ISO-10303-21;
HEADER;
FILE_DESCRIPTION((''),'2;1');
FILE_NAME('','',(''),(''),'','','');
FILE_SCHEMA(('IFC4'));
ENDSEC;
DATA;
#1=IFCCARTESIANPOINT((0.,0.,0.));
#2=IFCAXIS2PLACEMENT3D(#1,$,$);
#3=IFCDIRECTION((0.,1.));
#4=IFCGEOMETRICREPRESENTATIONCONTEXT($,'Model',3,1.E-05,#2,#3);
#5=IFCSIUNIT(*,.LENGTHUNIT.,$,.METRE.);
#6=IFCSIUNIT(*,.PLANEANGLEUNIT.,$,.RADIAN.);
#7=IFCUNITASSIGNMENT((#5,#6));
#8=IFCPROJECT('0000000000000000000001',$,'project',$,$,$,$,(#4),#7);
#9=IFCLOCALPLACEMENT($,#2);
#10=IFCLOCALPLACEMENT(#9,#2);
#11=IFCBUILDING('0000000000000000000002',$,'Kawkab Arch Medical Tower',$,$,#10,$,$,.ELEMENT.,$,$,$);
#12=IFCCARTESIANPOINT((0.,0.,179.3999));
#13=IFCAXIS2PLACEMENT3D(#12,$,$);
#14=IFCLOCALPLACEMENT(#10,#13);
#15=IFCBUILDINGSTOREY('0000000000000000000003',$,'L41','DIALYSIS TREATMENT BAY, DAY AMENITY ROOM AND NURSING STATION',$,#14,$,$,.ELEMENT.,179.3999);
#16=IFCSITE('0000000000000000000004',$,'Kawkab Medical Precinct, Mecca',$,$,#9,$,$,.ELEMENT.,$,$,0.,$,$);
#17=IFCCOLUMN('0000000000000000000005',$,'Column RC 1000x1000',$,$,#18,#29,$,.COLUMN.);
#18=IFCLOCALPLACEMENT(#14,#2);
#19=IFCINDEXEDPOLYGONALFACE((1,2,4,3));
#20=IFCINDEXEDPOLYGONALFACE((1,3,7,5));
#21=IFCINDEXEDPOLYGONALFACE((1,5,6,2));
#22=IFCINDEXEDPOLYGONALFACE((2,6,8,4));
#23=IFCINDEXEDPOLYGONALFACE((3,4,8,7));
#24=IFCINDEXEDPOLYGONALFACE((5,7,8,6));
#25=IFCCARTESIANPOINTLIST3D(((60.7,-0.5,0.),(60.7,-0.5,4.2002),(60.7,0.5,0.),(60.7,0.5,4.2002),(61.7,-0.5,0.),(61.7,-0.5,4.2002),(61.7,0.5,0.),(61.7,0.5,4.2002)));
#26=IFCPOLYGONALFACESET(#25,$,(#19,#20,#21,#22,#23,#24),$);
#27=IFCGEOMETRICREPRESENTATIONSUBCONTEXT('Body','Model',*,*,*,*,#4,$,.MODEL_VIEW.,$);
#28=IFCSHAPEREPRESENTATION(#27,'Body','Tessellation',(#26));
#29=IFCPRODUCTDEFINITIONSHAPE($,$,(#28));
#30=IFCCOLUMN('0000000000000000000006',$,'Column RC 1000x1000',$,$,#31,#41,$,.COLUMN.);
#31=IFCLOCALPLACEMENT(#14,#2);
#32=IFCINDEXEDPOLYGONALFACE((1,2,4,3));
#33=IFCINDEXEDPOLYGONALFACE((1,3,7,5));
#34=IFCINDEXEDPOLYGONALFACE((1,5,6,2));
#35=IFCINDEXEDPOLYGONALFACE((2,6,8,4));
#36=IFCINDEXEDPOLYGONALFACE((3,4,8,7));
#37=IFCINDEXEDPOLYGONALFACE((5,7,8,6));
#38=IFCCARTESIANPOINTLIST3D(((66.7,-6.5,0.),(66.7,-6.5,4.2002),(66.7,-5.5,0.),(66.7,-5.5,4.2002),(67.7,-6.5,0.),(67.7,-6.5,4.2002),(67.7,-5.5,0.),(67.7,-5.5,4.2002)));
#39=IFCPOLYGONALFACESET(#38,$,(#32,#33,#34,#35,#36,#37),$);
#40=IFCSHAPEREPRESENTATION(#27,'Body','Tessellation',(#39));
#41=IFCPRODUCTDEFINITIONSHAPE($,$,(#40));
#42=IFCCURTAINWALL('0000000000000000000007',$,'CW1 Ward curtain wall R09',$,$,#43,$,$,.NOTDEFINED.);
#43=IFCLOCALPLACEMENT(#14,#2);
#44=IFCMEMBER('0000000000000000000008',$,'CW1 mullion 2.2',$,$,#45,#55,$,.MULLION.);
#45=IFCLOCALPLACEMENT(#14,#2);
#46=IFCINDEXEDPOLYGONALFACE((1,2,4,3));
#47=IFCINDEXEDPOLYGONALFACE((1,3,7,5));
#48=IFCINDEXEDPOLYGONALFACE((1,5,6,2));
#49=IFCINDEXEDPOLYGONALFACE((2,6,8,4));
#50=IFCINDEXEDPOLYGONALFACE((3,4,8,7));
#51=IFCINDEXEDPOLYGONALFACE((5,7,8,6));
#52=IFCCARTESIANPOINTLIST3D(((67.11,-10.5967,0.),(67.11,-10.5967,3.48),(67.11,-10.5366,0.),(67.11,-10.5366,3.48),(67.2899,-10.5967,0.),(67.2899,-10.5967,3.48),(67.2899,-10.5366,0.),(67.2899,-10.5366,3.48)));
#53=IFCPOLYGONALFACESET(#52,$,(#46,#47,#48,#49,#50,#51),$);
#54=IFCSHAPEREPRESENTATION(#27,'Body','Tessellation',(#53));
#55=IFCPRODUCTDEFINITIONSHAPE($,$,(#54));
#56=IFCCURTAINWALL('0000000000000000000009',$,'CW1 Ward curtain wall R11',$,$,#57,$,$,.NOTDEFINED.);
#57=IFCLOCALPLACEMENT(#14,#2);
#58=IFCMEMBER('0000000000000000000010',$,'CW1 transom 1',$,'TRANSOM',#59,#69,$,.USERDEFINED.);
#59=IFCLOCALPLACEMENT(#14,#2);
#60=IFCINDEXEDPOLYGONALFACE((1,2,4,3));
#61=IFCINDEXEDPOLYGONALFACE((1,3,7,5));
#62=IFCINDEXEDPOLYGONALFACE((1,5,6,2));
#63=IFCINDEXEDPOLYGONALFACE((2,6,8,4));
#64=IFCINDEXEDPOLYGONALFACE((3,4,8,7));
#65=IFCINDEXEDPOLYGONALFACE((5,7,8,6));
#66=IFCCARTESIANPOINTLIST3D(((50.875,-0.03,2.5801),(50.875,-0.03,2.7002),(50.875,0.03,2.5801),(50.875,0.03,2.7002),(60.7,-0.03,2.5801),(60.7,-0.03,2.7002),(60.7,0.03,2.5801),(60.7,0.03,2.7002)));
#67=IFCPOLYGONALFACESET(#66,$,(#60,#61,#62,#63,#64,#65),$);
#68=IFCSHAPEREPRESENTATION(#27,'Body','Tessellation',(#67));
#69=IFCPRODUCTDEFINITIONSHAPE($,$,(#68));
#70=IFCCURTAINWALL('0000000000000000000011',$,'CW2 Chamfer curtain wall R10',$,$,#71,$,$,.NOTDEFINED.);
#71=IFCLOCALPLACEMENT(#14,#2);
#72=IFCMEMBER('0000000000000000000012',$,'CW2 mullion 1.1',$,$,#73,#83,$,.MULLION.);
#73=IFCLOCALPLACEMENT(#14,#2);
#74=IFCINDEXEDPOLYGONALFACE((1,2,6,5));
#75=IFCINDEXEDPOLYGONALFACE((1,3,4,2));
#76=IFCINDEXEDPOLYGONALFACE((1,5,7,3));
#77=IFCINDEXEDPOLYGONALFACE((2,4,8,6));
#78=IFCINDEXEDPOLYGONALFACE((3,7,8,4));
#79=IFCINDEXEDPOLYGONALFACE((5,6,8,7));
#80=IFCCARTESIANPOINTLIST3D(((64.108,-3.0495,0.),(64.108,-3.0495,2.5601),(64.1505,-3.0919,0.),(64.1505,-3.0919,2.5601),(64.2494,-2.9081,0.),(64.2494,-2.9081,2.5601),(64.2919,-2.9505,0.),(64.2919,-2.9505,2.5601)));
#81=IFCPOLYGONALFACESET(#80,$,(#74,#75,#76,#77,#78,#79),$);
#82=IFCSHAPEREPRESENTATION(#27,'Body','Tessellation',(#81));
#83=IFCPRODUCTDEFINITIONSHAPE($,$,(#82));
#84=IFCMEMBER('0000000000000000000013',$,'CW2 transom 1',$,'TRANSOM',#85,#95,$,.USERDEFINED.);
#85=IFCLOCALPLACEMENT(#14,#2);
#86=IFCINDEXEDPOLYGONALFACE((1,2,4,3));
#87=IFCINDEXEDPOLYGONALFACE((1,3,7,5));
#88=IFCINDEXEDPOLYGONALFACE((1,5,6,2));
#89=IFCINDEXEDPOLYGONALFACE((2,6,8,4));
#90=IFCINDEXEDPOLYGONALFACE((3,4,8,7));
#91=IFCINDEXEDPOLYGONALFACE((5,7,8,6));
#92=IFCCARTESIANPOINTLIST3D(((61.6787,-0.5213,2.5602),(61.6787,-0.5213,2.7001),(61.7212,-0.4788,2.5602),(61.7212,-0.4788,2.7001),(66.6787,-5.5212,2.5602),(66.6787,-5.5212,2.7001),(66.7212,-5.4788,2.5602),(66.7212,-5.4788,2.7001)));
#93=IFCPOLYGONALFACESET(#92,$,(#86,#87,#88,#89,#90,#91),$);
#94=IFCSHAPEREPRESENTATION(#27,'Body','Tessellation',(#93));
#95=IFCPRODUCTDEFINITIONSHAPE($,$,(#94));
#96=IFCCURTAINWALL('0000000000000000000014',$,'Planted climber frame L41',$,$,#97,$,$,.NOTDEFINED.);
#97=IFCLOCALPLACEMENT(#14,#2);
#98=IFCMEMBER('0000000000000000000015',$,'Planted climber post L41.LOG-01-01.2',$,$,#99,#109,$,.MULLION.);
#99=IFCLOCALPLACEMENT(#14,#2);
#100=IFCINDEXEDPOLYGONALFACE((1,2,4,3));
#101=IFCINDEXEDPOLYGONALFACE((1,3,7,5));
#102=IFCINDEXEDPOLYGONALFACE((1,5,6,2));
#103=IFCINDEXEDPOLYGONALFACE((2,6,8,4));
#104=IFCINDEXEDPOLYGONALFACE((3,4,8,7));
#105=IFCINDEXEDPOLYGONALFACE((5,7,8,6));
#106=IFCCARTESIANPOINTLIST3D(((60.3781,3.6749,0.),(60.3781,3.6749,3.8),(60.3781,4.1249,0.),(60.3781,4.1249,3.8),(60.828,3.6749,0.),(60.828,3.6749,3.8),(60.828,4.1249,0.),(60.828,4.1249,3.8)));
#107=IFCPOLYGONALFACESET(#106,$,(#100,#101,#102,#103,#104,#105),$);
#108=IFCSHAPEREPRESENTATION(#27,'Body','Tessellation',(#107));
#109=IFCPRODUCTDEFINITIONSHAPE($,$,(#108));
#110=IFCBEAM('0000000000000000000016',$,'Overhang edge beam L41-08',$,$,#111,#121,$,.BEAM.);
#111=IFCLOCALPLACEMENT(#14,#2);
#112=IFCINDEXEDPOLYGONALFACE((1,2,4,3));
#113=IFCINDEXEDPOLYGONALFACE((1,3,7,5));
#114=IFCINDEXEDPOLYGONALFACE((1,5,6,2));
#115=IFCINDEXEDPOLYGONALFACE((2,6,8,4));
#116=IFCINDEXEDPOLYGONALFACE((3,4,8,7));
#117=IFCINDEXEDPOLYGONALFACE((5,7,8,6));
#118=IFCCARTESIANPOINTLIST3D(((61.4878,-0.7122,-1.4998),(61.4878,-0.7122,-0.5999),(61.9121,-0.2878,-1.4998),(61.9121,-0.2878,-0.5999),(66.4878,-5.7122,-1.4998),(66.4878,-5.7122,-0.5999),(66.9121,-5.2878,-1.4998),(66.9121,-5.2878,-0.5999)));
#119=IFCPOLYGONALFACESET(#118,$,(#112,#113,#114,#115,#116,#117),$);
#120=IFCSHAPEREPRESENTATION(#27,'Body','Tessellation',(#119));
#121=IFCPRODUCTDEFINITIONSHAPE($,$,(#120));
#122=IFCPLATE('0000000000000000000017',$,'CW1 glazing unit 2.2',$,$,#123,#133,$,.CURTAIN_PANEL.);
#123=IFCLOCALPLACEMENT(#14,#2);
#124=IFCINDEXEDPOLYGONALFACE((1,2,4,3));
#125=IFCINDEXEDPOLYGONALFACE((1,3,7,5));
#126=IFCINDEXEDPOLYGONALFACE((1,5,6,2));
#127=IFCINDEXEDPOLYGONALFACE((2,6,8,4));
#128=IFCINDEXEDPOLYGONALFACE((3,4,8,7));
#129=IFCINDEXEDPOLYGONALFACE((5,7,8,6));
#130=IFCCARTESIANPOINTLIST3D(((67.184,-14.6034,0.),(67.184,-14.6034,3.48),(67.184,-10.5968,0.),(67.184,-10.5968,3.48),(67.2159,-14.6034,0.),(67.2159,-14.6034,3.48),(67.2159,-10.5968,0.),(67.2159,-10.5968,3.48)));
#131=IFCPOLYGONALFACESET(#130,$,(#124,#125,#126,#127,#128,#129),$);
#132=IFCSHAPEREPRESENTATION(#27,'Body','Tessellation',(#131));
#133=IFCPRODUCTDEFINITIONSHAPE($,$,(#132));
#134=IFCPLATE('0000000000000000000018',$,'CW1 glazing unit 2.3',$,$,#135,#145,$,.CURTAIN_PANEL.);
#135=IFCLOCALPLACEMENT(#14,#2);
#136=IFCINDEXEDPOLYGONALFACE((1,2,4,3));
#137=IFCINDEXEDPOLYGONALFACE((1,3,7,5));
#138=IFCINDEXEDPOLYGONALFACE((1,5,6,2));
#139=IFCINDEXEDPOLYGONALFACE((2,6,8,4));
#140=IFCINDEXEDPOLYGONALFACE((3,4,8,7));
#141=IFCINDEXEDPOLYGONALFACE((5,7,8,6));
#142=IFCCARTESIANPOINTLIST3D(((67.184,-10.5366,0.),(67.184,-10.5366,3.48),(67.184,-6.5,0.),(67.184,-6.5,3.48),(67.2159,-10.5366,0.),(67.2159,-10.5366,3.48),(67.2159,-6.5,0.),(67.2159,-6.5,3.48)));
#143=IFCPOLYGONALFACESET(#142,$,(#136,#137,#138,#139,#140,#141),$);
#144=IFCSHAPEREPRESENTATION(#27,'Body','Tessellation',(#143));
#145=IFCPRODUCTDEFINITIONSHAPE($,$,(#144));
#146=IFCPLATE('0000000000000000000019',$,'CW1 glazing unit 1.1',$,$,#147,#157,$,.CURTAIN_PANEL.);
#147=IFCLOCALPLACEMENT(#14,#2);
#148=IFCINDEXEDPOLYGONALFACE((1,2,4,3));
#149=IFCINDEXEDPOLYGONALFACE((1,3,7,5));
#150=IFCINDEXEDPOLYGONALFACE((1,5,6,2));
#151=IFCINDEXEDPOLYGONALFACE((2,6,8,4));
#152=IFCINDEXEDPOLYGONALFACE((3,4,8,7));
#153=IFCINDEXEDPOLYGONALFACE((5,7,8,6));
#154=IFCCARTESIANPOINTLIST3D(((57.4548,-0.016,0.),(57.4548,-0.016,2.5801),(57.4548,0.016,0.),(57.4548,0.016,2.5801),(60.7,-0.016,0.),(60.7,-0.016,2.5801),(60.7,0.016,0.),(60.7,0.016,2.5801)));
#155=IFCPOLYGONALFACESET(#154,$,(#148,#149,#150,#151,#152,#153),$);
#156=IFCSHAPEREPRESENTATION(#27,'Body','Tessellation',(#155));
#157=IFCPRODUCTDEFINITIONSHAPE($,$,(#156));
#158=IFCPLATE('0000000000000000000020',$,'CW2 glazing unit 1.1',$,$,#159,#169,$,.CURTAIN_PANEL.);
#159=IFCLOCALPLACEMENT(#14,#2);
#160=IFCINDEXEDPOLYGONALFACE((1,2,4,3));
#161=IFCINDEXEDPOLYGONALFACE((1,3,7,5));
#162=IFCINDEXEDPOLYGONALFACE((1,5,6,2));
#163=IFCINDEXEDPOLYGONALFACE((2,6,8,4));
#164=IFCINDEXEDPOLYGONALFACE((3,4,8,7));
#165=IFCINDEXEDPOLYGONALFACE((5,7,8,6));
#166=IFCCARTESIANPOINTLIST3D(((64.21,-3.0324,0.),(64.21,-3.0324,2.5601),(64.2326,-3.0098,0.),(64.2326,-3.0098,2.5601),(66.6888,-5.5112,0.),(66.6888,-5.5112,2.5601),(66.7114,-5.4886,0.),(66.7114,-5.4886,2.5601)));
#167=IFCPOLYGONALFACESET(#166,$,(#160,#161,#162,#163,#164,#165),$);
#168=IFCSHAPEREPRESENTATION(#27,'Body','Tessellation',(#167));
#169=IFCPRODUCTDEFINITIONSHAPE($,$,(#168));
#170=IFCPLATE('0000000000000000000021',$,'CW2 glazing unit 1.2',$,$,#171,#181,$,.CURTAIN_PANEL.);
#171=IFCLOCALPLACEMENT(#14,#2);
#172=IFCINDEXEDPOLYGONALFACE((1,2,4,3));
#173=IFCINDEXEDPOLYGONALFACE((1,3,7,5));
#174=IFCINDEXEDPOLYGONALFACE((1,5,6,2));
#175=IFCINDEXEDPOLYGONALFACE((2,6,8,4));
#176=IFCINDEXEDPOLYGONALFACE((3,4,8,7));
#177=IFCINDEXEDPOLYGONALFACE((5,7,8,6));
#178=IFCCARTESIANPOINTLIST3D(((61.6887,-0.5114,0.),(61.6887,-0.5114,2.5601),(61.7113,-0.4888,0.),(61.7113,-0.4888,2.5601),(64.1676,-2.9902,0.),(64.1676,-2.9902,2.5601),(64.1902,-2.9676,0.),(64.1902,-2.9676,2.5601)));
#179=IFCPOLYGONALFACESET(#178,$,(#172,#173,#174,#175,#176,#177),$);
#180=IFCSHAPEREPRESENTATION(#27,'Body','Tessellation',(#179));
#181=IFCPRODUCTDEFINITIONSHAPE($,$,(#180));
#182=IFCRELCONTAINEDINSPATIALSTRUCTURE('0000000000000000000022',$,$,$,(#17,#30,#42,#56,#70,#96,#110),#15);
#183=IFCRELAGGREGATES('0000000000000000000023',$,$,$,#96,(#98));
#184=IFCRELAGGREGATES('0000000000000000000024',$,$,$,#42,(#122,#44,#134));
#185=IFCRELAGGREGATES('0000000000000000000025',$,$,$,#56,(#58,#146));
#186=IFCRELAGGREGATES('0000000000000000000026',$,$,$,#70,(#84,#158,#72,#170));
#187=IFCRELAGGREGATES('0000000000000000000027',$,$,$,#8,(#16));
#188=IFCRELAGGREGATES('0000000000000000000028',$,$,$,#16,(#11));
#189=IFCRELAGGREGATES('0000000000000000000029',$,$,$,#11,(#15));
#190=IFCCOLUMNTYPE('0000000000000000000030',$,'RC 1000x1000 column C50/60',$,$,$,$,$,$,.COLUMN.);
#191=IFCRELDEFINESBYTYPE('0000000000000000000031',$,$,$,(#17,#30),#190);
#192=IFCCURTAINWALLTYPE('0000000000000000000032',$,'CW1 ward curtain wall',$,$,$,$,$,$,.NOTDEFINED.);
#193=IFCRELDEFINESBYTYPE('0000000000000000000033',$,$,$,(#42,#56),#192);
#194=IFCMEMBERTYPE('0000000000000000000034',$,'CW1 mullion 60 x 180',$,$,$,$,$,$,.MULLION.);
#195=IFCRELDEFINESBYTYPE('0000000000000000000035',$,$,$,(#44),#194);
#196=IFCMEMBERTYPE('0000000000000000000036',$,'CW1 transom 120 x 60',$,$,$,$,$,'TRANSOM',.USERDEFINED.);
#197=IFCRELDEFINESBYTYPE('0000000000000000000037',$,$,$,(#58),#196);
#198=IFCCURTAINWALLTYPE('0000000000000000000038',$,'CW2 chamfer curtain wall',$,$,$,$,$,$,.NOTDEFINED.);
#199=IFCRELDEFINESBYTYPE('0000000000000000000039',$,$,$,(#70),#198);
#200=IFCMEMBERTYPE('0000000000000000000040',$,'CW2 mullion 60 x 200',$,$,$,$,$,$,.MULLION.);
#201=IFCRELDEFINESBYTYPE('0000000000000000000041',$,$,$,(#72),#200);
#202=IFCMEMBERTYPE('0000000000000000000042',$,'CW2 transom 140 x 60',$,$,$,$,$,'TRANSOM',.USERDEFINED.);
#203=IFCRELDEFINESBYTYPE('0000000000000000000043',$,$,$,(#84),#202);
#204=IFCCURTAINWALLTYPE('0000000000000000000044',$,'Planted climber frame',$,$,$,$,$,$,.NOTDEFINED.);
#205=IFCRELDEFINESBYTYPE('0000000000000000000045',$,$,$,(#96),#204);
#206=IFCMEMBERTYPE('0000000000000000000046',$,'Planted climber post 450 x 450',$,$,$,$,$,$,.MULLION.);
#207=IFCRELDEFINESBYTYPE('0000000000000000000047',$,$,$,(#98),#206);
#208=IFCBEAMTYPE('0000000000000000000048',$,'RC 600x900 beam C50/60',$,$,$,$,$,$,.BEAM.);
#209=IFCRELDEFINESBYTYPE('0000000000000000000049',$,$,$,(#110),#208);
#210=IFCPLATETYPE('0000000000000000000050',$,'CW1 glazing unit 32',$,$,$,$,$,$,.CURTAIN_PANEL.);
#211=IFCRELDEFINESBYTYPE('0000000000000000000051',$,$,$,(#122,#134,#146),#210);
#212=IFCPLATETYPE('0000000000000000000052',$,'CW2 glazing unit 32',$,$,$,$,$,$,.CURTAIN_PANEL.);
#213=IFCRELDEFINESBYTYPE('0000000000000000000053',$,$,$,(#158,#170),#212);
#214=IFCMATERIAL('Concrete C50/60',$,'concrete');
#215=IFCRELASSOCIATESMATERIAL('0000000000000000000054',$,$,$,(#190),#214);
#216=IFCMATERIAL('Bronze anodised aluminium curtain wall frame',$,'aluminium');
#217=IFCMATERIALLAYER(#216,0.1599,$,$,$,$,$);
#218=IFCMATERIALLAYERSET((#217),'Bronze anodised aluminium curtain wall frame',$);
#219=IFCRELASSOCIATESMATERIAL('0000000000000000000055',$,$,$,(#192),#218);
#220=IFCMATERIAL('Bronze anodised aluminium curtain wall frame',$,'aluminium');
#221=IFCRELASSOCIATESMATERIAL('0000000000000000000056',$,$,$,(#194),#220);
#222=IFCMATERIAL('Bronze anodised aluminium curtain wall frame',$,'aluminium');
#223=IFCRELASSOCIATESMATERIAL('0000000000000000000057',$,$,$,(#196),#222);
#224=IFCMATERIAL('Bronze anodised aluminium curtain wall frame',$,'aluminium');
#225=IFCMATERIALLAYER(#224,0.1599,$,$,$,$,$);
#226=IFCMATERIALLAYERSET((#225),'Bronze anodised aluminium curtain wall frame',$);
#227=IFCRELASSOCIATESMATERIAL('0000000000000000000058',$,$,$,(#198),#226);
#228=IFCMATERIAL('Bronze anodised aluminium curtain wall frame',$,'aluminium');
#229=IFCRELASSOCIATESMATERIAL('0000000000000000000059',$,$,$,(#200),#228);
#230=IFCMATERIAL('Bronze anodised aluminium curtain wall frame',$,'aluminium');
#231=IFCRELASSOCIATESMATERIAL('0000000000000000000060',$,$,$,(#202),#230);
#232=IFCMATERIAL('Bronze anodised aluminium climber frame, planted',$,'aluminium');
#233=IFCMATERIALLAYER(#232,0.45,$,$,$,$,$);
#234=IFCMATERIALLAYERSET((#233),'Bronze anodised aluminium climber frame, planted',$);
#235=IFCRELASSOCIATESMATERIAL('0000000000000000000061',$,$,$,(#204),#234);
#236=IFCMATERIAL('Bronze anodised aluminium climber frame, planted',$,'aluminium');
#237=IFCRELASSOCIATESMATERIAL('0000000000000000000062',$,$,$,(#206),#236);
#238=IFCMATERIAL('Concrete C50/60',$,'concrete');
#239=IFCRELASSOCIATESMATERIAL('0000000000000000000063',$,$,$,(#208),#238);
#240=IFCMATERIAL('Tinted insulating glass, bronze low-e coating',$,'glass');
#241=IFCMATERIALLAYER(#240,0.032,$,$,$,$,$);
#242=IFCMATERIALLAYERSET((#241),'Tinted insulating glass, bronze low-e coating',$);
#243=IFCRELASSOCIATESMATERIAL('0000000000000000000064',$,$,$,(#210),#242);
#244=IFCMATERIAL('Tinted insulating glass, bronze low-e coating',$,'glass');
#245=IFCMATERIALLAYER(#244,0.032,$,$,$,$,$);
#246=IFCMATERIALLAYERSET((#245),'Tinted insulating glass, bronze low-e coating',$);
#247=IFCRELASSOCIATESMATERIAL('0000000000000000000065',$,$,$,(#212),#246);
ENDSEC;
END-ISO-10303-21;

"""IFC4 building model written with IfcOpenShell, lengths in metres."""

from ifc_helpers import new_model, si_unit, direction, frame, origin, origin_2d, place, context, subcontext, project, spatial, rectangle, extrude, material, layer, layer_set, material_profile, profile_set, type_object, element, aggregate, save


model = new_model("IFC4")

# Units and contexts
model_context = context("Model", 3, precision=1e-05, world=origin(), true_north=direction((0.0, 1.0)))
body_context = subcontext(model_context, "Body", "Model", "MODEL_VIEW")
ifc_project = project(units=[si_unit("LENGTHUNIT", "METRE"), si_unit("PLANEANGLEUNIT", "RADIAN")], contexts=[model_context])

# Site, building, storey
site_placement = place(None, origin())
site = spatial("IfcSite", under=ifc_project, at=site_placement, Name="Kawkab Medical Precinct, Mecca", CompositionType="ELEMENT", RefElevation=0.0)
building_placement = place(site_placement, origin())
building = spatial("IfcBuilding", under=site, at=building_placement, Name="Kawkab Arch Medical Tower", CompositionType="ELEMENT")
storey_placement = place(building_placement, frame((0.0, 0.0, 179.3999)))
storey = spatial("IfcBuildingStorey", under=building, at=storey_placement, Name="L41", Description="DIALYSIS TREATMENT BAY, DAY AMENITY ROOM AND NURSING STATION", CompositionType="ELEMENT", Elevation=179.3999)

# Columns
ifc_material_1 = material(Name="Concrete C50/60", Category="concrete")
ifc_material_profile_1 = material_profile(ifc_material_1, rectangle(XDim=1.0, YDim=1.0, at=origin_2d()), Name="RC 1000x1000")
ifc_profile_set_1 = profile_set([ifc_material_profile_1], Name="Concrete C50/60")
column_type = type_object("IfcColumnType", Name="RC 1000x1000 column C50/60", PredefinedType="COLUMN", material=ifc_profile_set_1)
for number, where, z_axis, x_axis, name in (
    (1, (61.2, 0.0, 0.0), (0.0, 0.0, 1.0), (1.0, 0.0, 0.0), "Column RC 1000x1000"),
    (2, (67.2, -6.0, 0.0), (0.0, 0.0, 1.0), (1.0, 0.0, 0.0), "Column RC 1000x1000"),
):
    element("IfcColumn", number, at=place(storey_placement, frame(where, z_axis=z_axis, x_axis=x_axis)), inside=storey, type_object=column_type, Name=name, PredefinedType="COLUMN", context=body_context, shape_type="SweptSolid", body=[
        extrude(rectangle(XDim=1.0, YDim=1.0, at=origin_2d()), origin(), (0.0, 0.0, 1.0), 4.2002),
    ])

# Curtain walls, members
ifc_material_2 = material(Name="Bronze anodised aluminium curtain wall frame", Category="aluminium")
ifc_layer_1 = layer(ifc_material_2, 0.1599)
ifc_layer_set_1 = layer_set([ifc_layer_1], Name="Bronze anodised aluminium curtain wall frame")
curtain_wall_type_1 = type_object("IfcCurtainWallType", Name="CW1 ward curtain wall", PredefinedType="NOTDEFINED", material=ifc_layer_set_1)
placement = place(storey_placement, origin())
curtain_wall_1 = element("IfcCurtainWall", 3, at=placement, inside=storey, type_object=curtain_wall_type_1, Name="CW1 Ward curtain wall R09", PredefinedType="NOTDEFINED")
ifc_material_3 = material(Name="Bronze anodised aluminium curtain wall frame", Category="aluminium")
ifc_material_profile_2 = material_profile(ifc_material_3, rectangle(XDim=0.1799, YDim=0.0601, at=origin_2d()), Name="AL 60x180")
ifc_profile_set_2 = profile_set([ifc_material_profile_2], Name="Bronze anodised aluminium curtain wall frame")
member_type_1 = type_object("IfcMemberType", Name="CW1 mullion 60 x 180", PredefinedType="MULLION", material=ifc_profile_set_2)
member_1_placement = place(storey_placement, frame((67.2, -10.5667, 0.0), z_axis=(0.0, 0.0, 1.0), x_axis=(-1.0, 0.0, 0.0)))
member_1 = element("IfcMember", 4, at=member_1_placement, type_object=member_type_1, Name="CW1 mullion 2.2", PredefinedType="MULLION", context=body_context, shape_type="SweptSolid", body=[
    extrude(rectangle(XDim=0.1799, YDim=0.0601, at=origin_2d()), origin(), (0.0, 0.0, 1.0), 3.48),
])
curtain_wall_2 = element("IfcCurtainWall", 5, at=placement, inside=storey, type_object=curtain_wall_type_1, Name="CW1 Ward curtain wall R11", PredefinedType="NOTDEFINED")
ifc_material_4 = material(Name="Bronze anodised aluminium curtain wall frame", Category="aluminium")
ifc_material_profile_3 = material_profile(ifc_material_4, rectangle(XDim=0.0601, YDim=0.1201, at=origin_2d()), Name="AL 60x120")
ifc_profile_set_3 = profile_set([ifc_material_profile_3], Name="Bronze anodised aluminium curtain wall frame")
member_type_2 = type_object("IfcMemberType", Name="CW1 transom 120 x 60", ElementType="TRANSOM", PredefinedType="USERDEFINED", material=ifc_profile_set_3)
member_2_placement = place(storey_placement, frame((60.7, 0.0, 2.6401), z_axis=(-1.0, 0.0, 0.0), x_axis=(0.0, -1.0, 0.0)))
member_2 = element("IfcMember", 6, at=member_2_placement, type_object=member_type_2, Name="CW1 transom 1", ObjectType="TRANSOM", PredefinedType="USERDEFINED", context=body_context, shape_type="SweptSolid", body=[
    extrude(rectangle(XDim=0.0601, YDim=0.1201, at=origin_2d()), origin(), (0.0, 0.0, 1.0), 9.825),
])

# Curtain wall, members
ifc_material_5 = material(Name="Bronze anodised aluminium curtain wall frame", Category="aluminium")
ifc_layer_2 = layer(ifc_material_5, 0.1599)
ifc_layer_set_2 = layer_set([ifc_layer_2], Name="Bronze anodised aluminium curtain wall frame")
curtain_wall_type_2 = type_object("IfcCurtainWallType", Name="CW2 chamfer curtain wall", PredefinedType="NOTDEFINED", material=ifc_layer_set_2)
curtain_wall_3 = element("IfcCurtainWall", 7, at=placement, inside=storey, type_object=curtain_wall_type_2, Name="CW2 Chamfer curtain wall R10", PredefinedType="NOTDEFINED")
ifc_material_6 = material(Name="Bronze anodised aluminium curtain wall frame", Category="aluminium")
ifc_material_profile_4 = material_profile(ifc_material_6, rectangle(XDim=0.2, YDim=0.0601, at=origin_2d()), Name="AL 60x200")
ifc_profile_set_4 = profile_set([ifc_material_profile_4], Name="Bronze anodised aluminium curtain wall frame")
member_type_3 = type_object("IfcMemberType", Name="CW2 mullion 60 x 200", PredefinedType="MULLION", material=ifc_profile_set_4)
member_3_placement = place(storey_placement, frame((64.2, -3.0, 0.0), z_axis=(0.0, 0.0, 1.0), x_axis=(-0.707107, -0.707107, 0.0)))
member_3 = element("IfcMember", 8, at=member_3_placement, type_object=member_type_3, Name="CW2 mullion 1.1", PredefinedType="MULLION", context=body_context, shape_type="SweptSolid", body=[
    extrude(rectangle(XDim=0.2, YDim=0.0601, at=origin_2d()), origin(), (0.0, 0.0, 1.0), 2.5601),
])
ifc_material_7 = material(Name="Bronze anodised aluminium curtain wall frame", Category="aluminium")
ifc_material_profile_5 = material_profile(ifc_material_7, rectangle(XDim=0.0601, YDim=0.1399, at=origin_2d()), Name="AL 60x140")
ifc_profile_set_5 = profile_set([ifc_material_profile_5], Name="Bronze anodised aluminium curtain wall frame")
member_type_4 = type_object("IfcMemberType", Name="CW2 transom 140 x 60", ElementType="TRANSOM", PredefinedType="USERDEFINED", material=ifc_profile_set_5)
member_4_placement = place(storey_placement, frame((66.7, -5.5, 2.6301), z_axis=(-0.707107, 0.707107, 0.0), x_axis=(-0.707107, -0.707107, 0.0)))
member_4 = element("IfcMember", 9, at=member_4_placement, type_object=member_type_4, Name="CW2 transom 1", ObjectType="TRANSOM", PredefinedType="USERDEFINED", context=body_context, shape_type="SweptSolid", body=[
    extrude(rectangle(XDim=0.0601, YDim=0.1399, at=origin_2d()), origin(), (0.0, 0.0, 1.0), 7.071),
])

# Curtain wall, member
ifc_material_8 = material(Name="Bronze anodised aluminium climber frame, planted", Category="aluminium")
ifc_layer_3 = layer(ifc_material_8, 0.45)
ifc_layer_set_3 = layer_set([ifc_layer_3], Name="Bronze anodised aluminium climber frame, planted")
curtain_wall_type_3 = type_object("IfcCurtainWallType", Name="Planted climber frame", PredefinedType="NOTDEFINED", material=ifc_layer_set_3)
curtain_wall_4 = element("IfcCurtainWall", 10, at=placement, inside=storey, type_object=curtain_wall_type_3, Name="Planted climber frame L41", PredefinedType="NOTDEFINED")
ifc_material_9 = material(Name="Bronze anodised aluminium climber frame, planted", Category="aluminium")
ifc_material_profile_6 = material_profile(ifc_material_9, rectangle(XDim=0.45, YDim=0.45, at=origin_2d()), Name="Post 450x450")
ifc_profile_set_6 = profile_set([ifc_material_profile_6], Name="Bronze anodised aluminium climber frame, planted")
member_type_5 = type_object("IfcMemberType", Name="Planted climber post 450 x 450", PredefinedType="MULLION", material=ifc_profile_set_6)
member_5_placement = place(storey_placement, frame((60.603, 3.8999, 0.0), z_axis=(0.0, 0.0, 1.0), x_axis=(1.0, 0.0, 0.0)))
member_5 = element("IfcMember", 11, at=member_5_placement, type_object=member_type_5, Name="Planted climber post L41.LOG-01-01.2", PredefinedType="MULLION", context=body_context, shape_type="SweptSolid", body=[
    extrude(rectangle(XDim=0.45, YDim=0.45, at=origin_2d()), origin(), (0.0, 0.0, 1.0), 3.8),
])
aggregate(curtain_wall_4, [member_5])

# Beam
ifc_material_10 = material(Name="Concrete C50/60", Category="concrete")
ifc_material_profile_7 = material_profile(ifc_material_10, rectangle(XDim=0.6001, YDim=0.8999, at=origin_2d()), Name="RC 600x900")
ifc_profile_set_7 = profile_set([ifc_material_profile_7], Name="Concrete C50/60")
beam_type = type_object("IfcBeamType", Name="RC 600x900 beam C50/60", PredefinedType="BEAM", material=ifc_profile_set_7)
beam_placement = place(storey_placement, frame((61.7, -0.5, -1.0498), z_axis=(0.707107, -0.707107, 0.0), x_axis=(0.707107, 0.707107, 0.0)))
element("IfcBeam", 12, at=beam_placement, inside=storey, type_object=beam_type, Name="Overhang edge beam L41-08", PredefinedType="BEAM", context=body_context, shape_type="SweptSolid", body=[
    extrude(rectangle(XDim=0.6001, YDim=0.8999, at=origin_2d()), origin(), (0.0, 0.0, 1.0), 7.071),
])

# Plates
ifc_material_11 = material(Name="Tinted insulating glass, bronze low-e coating", Category="glass")
ifc_layer_4 = layer(ifc_material_11, 0.032)
ifc_layer_set_4 = layer_set([ifc_layer_4], Name="Tinted insulating glass, bronze low-e coating")
plate_type_1 = type_object("IfcPlateType", Name="CW1 glazing unit 32", PredefinedType="CURTAIN_PANEL", material=ifc_layer_set_4)
plate_1_placement = place(storey_placement, frame((67.2, -12.6001, 0.0), z_axis=(0.0, 0.0, 1.0), x_axis=(0.0, 1.0, 0.0)))
plate_1 = element("IfcPlate", 13, at=plate_1_placement, type_object=plate_type_1, Name="CW1 glazing unit 2.2", PredefinedType="CURTAIN_PANEL", context=body_context, shape_type="SweptSolid", body=[
    extrude(rectangle(XDim=4.0066, YDim=0.032, at=origin_2d()), origin(), (0.0, 0.0, 1.0), 3.48),
])
plate_2_placement = place(storey_placement, frame((67.2, -8.5183, 0.0), z_axis=(0.0, 0.0, 1.0), x_axis=(0.0, 1.0, 0.0)))
plate_2 = element("IfcPlate", 14, at=plate_2_placement, type_object=plate_type_1, Name="CW1 glazing unit 2.3", PredefinedType="CURTAIN_PANEL", context=body_context, shape_type="SweptSolid", body=[
    extrude(rectangle(XDim=4.0366, YDim=0.032, at=origin_2d()), origin(), (0.0, 0.0, 1.0), 3.48),
])
aggregate(curtain_wall_1, [plate_1, member_1, plate_2])
plate_3_placement = place(storey_placement, frame((59.0774, 0.0, 0.0), z_axis=(0.0, 0.0, 1.0), x_axis=(-1.0, 0.0, 0.0)))
plate_3 = element("IfcPlate", 15, at=plate_3_placement, type_object=plate_type_1, Name="CW1 glazing unit 1.1", PredefinedType="CURTAIN_PANEL", context=body_context, shape_type="SweptSolid", body=[
    extrude(rectangle(XDim=3.2451, YDim=0.032, at=origin_2d()), origin(), (0.0, 0.0, 1.0), 2.5801),
])
aggregate(curtain_wall_2, [member_2, plate_3])
ifc_material_12 = material(Name="Tinted insulating glass, bronze low-e coating", Category="glass")
ifc_layer_5 = layer(ifc_material_12, 0.032)
ifc_layer_set_5 = layer_set([ifc_layer_5], Name="Tinted insulating glass, bronze low-e coating")
plate_type_2 = type_object("IfcPlateType", Name="CW2 glazing unit 32", PredefinedType="CURTAIN_PANEL", material=ifc_layer_set_5)
plate_4_placement = place(storey_placement, frame((65.4607, -4.2605, 0.0), z_axis=(0.0, 0.0, 1.0), x_axis=(-0.707107, 0.707107, 0.0)))
plate_4 = element("IfcPlate", 16, at=plate_4_placement, type_object=plate_type_2, Name="CW2 glazing unit 1.1", PredefinedType="CURTAIN_PANEL", context=body_context, shape_type="SweptSolid", body=[
    extrude(rectangle(XDim=3.5056, YDim=0.032, at=origin_2d()), origin(), (0.0, 0.0, 1.0), 2.5601),
])
plate_5_placement = place(storey_placement, frame((62.9395, -1.7395, 0.0), z_axis=(0.0, 0.0, 1.0), x_axis=(-0.707107, 0.707107, 0.0)))
plate_5 = element("IfcPlate", 17, at=plate_5_placement, type_object=plate_type_2, Name="CW2 glazing unit 1.2", PredefinedType="CURTAIN_PANEL", context=body_context, shape_type="SweptSolid", body=[
    extrude(rectangle(XDim=3.5056, YDim=0.032, at=origin_2d()), origin(), (0.0, 0.0, 1.0), 2.5601),
])
aggregate(curtain_wall_3, [member_4, plate_4, member_3, plate_5])

save(model, "model.ifc")
